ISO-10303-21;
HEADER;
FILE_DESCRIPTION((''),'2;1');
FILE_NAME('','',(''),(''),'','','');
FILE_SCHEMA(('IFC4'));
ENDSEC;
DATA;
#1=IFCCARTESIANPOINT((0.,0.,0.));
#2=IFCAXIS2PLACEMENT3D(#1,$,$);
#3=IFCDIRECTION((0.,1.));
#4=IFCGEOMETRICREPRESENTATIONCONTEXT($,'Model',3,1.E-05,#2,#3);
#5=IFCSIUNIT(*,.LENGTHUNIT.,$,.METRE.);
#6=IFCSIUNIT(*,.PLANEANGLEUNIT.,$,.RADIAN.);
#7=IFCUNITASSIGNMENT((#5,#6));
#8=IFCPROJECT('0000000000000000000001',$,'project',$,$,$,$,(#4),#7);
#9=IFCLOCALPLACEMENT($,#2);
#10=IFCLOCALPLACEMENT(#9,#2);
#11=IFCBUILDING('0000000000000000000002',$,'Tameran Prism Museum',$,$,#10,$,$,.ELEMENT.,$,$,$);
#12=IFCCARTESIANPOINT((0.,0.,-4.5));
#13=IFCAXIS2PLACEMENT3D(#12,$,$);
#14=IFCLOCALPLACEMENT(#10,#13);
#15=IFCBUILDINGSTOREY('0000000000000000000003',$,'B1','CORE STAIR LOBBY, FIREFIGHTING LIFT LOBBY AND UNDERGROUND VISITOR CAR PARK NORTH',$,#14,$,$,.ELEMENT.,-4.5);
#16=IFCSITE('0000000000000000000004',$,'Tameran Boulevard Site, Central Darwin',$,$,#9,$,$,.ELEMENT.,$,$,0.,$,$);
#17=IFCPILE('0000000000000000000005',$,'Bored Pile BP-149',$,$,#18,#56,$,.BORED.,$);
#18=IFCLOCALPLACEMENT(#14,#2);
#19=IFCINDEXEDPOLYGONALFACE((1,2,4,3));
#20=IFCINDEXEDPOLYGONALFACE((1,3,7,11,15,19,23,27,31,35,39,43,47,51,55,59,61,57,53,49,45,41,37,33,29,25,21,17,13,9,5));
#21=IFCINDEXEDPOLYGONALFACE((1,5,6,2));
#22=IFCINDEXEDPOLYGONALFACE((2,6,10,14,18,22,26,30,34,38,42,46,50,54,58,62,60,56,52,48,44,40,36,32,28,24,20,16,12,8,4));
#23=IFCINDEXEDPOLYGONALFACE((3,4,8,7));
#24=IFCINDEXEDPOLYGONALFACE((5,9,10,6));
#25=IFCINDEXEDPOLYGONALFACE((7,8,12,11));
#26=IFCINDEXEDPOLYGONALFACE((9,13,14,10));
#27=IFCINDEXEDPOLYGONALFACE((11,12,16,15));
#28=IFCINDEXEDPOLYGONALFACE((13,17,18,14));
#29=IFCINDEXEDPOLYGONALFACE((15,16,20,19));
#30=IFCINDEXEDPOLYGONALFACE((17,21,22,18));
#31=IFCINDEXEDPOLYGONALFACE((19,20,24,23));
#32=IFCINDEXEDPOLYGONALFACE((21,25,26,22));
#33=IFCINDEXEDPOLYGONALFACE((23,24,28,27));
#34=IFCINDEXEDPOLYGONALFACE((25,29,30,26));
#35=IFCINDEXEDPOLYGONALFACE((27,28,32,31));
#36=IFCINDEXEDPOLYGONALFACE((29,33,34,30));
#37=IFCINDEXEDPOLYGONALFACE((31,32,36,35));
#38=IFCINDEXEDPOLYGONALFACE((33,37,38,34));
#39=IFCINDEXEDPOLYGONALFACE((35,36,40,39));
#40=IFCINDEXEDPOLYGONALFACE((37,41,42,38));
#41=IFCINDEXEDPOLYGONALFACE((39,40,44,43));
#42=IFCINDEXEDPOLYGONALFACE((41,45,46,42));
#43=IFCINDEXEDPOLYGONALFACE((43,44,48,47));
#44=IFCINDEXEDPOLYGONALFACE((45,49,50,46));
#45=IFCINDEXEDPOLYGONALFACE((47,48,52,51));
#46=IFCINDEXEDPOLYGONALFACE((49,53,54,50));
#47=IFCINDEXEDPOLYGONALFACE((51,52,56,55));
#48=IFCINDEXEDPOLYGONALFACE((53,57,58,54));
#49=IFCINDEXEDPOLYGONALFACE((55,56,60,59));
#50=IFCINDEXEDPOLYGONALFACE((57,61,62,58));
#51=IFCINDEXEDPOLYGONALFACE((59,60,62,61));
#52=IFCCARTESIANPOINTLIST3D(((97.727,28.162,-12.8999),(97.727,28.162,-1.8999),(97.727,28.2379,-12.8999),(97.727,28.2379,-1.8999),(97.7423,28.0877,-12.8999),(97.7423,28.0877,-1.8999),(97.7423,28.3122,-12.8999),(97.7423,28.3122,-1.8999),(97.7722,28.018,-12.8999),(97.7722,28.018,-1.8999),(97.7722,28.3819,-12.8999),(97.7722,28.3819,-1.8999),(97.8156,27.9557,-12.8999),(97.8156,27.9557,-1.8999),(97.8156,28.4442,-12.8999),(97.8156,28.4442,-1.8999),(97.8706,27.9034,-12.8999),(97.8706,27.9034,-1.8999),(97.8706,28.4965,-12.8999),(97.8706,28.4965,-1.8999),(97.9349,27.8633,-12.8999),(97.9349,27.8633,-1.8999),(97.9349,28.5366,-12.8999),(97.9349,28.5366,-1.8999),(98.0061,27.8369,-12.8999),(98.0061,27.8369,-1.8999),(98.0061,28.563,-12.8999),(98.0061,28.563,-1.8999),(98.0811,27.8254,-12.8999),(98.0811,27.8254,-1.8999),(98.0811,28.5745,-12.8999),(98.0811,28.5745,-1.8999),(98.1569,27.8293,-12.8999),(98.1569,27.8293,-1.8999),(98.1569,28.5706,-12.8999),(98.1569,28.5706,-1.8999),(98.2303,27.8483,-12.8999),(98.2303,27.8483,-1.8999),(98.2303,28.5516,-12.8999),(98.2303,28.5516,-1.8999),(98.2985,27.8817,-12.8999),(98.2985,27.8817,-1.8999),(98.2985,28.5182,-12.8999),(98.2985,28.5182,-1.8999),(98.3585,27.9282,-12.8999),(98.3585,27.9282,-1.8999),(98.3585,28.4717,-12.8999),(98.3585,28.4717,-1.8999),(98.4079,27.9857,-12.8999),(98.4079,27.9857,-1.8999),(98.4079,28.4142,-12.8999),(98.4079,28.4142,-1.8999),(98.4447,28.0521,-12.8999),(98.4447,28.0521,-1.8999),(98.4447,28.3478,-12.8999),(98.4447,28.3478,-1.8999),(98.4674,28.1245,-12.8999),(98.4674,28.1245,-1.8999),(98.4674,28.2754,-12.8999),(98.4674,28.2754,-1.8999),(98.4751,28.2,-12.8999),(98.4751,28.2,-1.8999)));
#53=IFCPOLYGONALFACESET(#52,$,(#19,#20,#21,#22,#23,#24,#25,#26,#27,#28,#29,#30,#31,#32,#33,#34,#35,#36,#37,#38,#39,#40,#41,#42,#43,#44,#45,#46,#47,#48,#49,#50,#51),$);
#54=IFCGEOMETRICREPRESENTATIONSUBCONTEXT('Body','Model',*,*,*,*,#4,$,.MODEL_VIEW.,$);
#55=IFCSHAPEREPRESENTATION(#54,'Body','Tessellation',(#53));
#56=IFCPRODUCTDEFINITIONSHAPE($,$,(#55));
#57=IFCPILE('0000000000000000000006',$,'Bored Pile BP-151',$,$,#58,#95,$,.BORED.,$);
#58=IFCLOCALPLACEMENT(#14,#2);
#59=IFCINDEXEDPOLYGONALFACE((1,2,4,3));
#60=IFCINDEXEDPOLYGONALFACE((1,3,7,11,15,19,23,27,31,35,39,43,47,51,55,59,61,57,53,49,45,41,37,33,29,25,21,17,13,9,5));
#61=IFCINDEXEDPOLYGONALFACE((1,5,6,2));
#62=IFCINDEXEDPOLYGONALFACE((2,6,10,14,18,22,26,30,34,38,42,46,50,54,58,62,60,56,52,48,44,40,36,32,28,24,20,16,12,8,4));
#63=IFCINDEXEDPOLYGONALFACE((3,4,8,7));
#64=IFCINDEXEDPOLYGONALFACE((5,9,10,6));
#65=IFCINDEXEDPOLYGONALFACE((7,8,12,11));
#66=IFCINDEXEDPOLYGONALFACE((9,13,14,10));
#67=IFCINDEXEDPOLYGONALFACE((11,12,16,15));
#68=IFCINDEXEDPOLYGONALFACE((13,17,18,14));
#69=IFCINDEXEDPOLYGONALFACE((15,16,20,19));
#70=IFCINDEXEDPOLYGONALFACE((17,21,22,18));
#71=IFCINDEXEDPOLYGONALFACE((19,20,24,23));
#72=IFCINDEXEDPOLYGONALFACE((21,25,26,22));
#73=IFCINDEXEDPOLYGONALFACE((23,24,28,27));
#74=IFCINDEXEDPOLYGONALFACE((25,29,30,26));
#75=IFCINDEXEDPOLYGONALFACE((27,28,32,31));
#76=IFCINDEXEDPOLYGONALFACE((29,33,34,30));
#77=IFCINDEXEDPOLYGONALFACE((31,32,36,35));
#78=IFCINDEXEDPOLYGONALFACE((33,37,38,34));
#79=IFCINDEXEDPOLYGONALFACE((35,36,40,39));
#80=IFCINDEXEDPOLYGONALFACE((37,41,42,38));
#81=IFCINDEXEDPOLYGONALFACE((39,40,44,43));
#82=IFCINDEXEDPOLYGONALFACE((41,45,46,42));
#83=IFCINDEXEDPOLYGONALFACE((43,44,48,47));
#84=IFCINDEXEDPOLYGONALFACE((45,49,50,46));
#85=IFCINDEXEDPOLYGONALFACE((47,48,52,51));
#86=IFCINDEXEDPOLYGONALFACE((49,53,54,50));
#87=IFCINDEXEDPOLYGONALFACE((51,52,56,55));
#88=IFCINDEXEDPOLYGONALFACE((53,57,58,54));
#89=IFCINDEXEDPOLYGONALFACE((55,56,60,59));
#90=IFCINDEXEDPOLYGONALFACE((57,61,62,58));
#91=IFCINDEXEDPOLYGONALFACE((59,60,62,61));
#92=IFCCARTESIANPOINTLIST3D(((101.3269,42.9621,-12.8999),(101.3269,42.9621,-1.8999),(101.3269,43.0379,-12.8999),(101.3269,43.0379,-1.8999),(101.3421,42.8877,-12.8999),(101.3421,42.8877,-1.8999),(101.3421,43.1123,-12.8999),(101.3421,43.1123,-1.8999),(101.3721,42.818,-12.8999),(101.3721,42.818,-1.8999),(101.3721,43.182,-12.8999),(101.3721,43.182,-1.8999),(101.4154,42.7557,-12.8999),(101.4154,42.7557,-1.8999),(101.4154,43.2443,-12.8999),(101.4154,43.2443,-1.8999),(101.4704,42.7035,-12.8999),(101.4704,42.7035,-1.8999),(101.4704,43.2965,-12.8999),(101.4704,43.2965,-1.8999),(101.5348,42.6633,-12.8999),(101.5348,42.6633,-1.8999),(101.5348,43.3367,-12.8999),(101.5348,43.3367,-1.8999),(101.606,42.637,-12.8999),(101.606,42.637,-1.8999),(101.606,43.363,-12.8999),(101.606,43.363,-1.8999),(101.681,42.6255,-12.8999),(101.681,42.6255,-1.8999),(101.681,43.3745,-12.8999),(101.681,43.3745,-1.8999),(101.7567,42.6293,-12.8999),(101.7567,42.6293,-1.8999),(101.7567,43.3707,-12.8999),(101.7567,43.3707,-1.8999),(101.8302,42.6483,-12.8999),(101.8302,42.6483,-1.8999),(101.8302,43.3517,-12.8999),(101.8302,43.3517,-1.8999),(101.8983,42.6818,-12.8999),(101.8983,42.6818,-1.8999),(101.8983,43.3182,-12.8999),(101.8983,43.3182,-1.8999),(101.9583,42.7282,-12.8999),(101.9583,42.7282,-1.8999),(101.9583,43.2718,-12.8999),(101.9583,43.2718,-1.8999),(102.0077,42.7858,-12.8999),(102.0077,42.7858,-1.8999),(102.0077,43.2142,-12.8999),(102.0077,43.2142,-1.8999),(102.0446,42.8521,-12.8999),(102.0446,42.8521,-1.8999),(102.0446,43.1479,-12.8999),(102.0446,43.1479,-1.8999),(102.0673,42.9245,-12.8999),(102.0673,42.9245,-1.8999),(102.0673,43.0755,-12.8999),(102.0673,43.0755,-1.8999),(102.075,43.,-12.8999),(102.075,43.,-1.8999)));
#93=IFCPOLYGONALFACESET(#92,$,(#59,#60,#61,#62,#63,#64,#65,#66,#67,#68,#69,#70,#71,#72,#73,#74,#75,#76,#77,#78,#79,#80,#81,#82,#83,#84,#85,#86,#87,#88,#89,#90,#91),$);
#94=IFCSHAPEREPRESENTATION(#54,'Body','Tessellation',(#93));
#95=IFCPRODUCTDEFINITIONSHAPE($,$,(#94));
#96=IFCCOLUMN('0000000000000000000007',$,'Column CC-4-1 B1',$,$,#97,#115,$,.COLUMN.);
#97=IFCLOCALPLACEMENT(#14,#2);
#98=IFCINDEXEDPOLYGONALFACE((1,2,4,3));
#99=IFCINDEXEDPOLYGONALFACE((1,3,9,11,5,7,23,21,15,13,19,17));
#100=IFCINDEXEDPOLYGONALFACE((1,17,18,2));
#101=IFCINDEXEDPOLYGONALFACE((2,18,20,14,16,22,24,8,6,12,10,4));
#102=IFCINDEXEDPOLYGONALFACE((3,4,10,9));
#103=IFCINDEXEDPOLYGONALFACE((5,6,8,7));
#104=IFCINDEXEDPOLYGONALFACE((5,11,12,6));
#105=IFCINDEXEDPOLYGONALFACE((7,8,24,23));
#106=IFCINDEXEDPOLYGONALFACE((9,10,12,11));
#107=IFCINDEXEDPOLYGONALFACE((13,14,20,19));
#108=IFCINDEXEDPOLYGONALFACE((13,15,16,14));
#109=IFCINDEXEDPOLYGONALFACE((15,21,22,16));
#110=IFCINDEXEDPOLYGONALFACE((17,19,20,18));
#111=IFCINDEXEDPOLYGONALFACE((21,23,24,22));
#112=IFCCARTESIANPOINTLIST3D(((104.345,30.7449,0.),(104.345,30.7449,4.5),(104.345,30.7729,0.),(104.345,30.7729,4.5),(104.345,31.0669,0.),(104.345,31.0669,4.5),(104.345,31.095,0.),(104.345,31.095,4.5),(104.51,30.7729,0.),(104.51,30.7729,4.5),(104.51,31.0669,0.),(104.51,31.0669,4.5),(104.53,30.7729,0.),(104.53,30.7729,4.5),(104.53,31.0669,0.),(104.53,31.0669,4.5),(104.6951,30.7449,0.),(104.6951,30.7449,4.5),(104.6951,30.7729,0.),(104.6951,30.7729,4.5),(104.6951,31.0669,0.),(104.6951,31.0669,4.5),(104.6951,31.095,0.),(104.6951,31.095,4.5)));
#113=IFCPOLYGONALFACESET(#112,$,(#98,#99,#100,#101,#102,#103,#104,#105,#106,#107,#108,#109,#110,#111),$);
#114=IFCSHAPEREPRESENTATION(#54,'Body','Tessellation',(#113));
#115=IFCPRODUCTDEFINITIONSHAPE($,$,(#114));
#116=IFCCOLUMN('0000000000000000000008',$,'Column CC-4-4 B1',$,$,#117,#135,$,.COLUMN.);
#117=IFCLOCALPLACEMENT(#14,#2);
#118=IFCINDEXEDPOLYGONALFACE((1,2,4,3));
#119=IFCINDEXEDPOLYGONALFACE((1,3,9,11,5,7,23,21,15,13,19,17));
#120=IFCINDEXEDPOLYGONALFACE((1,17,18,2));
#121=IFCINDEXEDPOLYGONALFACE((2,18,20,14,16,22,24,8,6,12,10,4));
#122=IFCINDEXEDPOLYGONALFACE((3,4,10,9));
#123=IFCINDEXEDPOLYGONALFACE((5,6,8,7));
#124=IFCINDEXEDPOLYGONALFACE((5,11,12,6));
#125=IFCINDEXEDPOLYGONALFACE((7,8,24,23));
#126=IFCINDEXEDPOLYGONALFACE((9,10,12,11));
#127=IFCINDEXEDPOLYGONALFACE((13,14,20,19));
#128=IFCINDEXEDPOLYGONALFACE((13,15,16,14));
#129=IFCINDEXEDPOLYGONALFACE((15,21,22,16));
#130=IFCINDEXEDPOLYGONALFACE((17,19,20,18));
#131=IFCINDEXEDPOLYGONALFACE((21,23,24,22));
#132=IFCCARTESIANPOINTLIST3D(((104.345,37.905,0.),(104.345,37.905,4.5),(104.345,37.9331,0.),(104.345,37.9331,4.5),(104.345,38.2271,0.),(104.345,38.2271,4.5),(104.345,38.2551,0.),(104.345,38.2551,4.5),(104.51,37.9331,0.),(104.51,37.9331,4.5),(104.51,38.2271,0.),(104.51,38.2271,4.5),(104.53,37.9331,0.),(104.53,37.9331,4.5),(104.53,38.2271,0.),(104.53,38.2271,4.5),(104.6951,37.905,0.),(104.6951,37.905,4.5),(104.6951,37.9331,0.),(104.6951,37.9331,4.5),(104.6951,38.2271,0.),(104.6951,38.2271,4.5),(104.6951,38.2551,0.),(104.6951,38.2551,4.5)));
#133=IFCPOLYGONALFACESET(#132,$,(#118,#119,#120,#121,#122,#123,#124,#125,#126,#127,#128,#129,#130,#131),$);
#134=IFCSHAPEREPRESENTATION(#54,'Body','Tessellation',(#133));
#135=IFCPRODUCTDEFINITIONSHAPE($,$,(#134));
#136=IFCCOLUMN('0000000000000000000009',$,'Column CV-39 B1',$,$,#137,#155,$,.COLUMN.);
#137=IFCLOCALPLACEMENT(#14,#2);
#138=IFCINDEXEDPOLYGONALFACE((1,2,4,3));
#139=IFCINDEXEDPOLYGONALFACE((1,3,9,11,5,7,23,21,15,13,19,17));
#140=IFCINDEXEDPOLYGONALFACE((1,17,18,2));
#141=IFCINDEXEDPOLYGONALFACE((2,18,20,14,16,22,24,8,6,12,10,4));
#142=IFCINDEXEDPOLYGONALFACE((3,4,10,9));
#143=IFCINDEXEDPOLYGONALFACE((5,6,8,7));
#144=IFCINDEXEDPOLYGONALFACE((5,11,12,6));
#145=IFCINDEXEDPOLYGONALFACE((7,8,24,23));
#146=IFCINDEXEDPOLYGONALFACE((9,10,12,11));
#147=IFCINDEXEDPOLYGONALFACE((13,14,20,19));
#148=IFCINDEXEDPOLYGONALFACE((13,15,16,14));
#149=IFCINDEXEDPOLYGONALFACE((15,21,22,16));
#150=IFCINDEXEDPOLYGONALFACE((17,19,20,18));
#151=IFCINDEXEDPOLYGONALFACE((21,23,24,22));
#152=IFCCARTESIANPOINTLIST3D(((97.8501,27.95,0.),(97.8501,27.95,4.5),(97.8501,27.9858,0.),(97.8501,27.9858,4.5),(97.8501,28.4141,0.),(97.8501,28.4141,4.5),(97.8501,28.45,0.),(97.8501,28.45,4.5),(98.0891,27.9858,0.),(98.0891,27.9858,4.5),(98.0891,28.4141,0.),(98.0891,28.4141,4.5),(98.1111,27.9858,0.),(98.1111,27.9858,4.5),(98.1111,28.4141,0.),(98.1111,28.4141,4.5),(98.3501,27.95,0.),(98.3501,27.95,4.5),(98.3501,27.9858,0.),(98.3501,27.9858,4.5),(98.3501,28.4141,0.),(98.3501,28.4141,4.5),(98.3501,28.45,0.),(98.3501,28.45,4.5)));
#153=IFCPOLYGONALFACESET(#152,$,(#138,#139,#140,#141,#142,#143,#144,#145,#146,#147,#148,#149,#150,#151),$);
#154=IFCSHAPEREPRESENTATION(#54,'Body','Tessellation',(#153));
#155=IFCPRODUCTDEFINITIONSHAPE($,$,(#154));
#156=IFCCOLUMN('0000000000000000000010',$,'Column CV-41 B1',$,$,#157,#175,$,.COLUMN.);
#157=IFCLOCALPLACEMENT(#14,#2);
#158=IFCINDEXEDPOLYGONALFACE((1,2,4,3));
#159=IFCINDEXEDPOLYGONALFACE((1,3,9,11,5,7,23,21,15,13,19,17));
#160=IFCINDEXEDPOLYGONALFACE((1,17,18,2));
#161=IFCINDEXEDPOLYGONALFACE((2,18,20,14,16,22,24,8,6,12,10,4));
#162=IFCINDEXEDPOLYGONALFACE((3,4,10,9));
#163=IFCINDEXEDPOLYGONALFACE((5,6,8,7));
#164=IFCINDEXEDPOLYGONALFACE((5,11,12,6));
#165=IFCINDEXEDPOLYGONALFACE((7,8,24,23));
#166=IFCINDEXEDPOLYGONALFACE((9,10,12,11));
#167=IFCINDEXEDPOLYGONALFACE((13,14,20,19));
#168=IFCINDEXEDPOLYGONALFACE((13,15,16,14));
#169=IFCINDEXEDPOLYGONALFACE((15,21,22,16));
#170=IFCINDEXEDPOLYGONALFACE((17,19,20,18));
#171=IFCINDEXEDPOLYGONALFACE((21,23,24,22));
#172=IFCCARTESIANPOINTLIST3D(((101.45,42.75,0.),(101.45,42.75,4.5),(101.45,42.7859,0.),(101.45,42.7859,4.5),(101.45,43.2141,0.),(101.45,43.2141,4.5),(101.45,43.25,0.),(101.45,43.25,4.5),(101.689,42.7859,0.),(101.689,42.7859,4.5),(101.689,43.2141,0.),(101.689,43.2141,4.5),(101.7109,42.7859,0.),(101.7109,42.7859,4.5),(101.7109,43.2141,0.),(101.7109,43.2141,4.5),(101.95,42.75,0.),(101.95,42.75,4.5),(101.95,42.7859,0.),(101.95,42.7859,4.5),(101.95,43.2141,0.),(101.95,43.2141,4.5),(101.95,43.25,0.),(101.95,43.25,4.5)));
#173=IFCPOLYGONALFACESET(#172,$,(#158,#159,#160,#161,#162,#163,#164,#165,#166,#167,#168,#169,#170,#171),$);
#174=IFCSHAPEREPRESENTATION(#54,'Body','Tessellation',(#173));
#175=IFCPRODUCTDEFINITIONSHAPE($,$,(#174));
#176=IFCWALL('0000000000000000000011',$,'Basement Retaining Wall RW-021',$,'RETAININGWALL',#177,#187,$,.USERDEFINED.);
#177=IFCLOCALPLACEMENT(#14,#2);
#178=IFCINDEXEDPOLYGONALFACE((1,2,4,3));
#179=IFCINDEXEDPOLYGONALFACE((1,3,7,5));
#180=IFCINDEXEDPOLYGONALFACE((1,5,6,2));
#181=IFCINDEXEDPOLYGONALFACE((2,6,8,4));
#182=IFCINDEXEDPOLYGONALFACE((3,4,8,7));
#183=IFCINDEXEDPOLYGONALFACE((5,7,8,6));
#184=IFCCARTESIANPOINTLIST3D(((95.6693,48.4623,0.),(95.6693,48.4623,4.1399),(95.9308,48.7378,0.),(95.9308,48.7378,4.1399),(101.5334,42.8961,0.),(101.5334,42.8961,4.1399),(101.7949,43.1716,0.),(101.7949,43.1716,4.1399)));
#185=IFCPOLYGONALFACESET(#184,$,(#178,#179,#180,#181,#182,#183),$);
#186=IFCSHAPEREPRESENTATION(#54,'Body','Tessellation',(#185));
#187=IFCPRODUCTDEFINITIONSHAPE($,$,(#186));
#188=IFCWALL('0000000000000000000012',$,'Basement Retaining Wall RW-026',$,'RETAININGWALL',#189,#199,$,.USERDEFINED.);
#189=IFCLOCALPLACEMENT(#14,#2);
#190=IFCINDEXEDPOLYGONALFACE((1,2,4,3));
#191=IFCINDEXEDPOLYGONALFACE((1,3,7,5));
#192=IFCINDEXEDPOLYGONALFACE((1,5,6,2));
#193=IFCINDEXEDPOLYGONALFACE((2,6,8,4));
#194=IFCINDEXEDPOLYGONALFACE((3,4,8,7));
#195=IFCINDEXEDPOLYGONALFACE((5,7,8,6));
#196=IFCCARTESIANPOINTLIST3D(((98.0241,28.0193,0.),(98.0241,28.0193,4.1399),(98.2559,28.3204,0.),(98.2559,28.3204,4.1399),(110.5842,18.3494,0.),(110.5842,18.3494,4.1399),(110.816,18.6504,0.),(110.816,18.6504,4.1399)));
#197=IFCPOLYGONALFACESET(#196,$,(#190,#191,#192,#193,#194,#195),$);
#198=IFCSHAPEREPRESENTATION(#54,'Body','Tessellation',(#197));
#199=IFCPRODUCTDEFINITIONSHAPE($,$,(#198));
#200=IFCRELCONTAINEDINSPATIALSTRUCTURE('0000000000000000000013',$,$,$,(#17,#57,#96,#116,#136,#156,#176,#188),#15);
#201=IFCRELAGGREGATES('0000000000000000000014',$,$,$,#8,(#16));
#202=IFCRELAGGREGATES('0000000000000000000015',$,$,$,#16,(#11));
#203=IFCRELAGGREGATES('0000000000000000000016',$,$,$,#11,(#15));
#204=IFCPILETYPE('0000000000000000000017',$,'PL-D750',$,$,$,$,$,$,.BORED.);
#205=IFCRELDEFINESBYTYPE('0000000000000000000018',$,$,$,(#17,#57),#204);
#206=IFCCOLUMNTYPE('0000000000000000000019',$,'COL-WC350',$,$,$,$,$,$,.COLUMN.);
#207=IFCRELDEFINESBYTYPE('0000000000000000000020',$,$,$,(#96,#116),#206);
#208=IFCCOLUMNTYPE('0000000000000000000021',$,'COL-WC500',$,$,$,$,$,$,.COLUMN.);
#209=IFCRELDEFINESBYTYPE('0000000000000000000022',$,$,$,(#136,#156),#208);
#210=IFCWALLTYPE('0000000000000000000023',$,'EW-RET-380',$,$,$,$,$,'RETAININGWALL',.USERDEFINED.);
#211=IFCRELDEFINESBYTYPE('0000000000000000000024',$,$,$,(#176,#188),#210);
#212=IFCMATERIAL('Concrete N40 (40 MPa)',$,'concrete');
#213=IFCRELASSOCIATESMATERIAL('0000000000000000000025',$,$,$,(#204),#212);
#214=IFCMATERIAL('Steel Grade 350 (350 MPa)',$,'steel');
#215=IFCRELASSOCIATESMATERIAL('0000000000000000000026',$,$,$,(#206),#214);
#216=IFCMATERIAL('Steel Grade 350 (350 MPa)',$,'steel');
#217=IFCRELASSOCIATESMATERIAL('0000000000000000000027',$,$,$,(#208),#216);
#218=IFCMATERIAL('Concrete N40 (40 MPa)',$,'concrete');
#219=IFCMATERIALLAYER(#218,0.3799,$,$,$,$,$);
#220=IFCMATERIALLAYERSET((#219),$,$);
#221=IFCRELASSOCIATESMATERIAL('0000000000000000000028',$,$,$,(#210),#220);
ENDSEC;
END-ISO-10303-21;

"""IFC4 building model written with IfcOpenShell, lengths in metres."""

from ifc_helpers import new_model, si_unit, direction, frame, frame_2d, origin, origin_2d, place, context, subcontext, project, spatial, rectangle, circle, i_section, extrude, material, layer, layer_set, material_profile, profile_set, type_object, element, save


model = new_model("IFC4")

# Units and contexts
model_context = context("Model", 3, precision=1e-05, world=origin(), true_north=direction((0.0, 1.0)))
body_context = subcontext(model_context, "Body", "Model", "MODEL_VIEW")
ifc_project = project(units=[si_unit("LENGTHUNIT", "METRE"), si_unit("PLANEANGLEUNIT", "RADIAN")], contexts=[model_context])

# Site, building, storey
site_placement = place(None, origin())
site = spatial("IfcSite", under=ifc_project, at=site_placement, Name="Tameran Boulevard Site, Central Darwin", CompositionType="ELEMENT", RefElevation=0.0)
building_placement = place(site_placement, origin())
building = spatial("IfcBuilding", under=site, at=building_placement, Name="Tameran Prism Museum", CompositionType="ELEMENT")
storey_placement = place(building_placement, frame((0.0, 0.0, -4.5)))
storey = spatial("IfcBuildingStorey", under=building, at=storey_placement, Name="B1", Description="CORE STAIR LOBBY, FIREFIGHTING LIFT LOBBY AND UNDERGROUND VISITOR CAR PARK NORTH", CompositionType="ELEMENT", Elevation=-4.5)

# Piles
ifc_material_1 = material(Name="Concrete N40 (40 MPa)", Category="concrete")
ifc_material_profile_1 = material_profile(ifc_material_1, circle(Radius=0.375, at=origin_2d()))
ifc_profile_set_1 = profile_set([ifc_material_profile_1])
pile_type_1 = type_object("IfcPileType", Name="PL-D750", PredefinedType="BORED", material=ifc_profile_set_1)
for number, where, z_axis, x_axis, name in (
    (1, (98.1001, 28.2, -1.8999), (0.0, 0.0, -1.0), (1.0, 0.0, 0.0), "Bored Pile BP-149"),
    (2, (101.7, 43.0, -1.8999), (0.0, 0.0, -1.0), (1.0, 0.0, 0.0), "Bored Pile BP-151"),
):
    element("IfcPile", number, at=place(storey_placement, frame(where, z_axis=z_axis, x_axis=x_axis)), inside=storey, type_object=pile_type_1, Name=name, PredefinedType="BORED", context=body_context, shape_type="SweptSolid", body=[
        extrude(circle(Radius=0.375, at=origin_2d()), origin(), (0.0, 0.0, 1.0), 11.0),
    ])

# Columns
ifc_material_2 = material(Name="Steel Grade 350 (350 MPa)", Category="steel")
ifc_material_profile_2 = material_profile(ifc_material_2, i_section(OverallWidth=0.3501, OverallDepth=0.3501, WebThickness=0.02, FlangeThickness=0.0281, at=origin_2d()))
ifc_profile_set_2 = profile_set([ifc_material_profile_2])
column_type_1 = type_object("IfcColumnType", Name="COL-WC350", PredefinedType="COLUMN", material=ifc_profile_set_2)
for number, where, z_axis, x_axis, name in (
    (3, (104.52, 30.9199, 0.0), (0.0, 0.0, 1.0), (1.0, 0.0, 0.0), "Column CC-4-1 B1"),
    (4, (104.52, 38.0801, 0.0), (0.0, 0.0, 1.0), (1.0, 0.0, 0.0), "Column CC-4-4 B1"),
):
    element("IfcColumn", number, at=place(storey_placement, frame(where, z_axis=z_axis, x_axis=x_axis)), inside=storey, type_object=column_type_1, Name=name, PredefinedType="COLUMN", context=body_context, shape_type="SweptSolid", body=[
        extrude(i_section(OverallWidth=0.3501, OverallDepth=0.3501, WebThickness=0.02, FlangeThickness=0.0281, at=origin_2d()), origin(), (0.0, 0.0, 1.0), 4.5),
    ])
ifc_material_3 = material(Name="Steel Grade 350 (350 MPa)", Category="steel")
ifc_material_profile_3 = material_profile(ifc_material_3, i_section(OverallWidth=0.5, OverallDepth=0.5, WebThickness=0.022, FlangeThickness=0.0359, at=origin_2d()))
ifc_profile_set_3 = profile_set([ifc_material_profile_3])
column_type_2 = type_object("IfcColumnType", Name="COL-WC500", PredefinedType="COLUMN", material=ifc_profile_set_3)
for number, where, z_axis, x_axis, name in (
    (5, (98.1001, 28.2, 0.0), (0.0, 0.0, 1.0), (1.0, 0.0, 0.0), "Column CV-39 B1"),
    (6, (101.7, 43.0, 0.0), (0.0, 0.0, 1.0), (1.0, 0.0, 0.0), "Column CV-41 B1"),
):
    element("IfcColumn", number, at=place(storey_placement, frame(where, z_axis=z_axis, x_axis=x_axis)), inside=storey, type_object=column_type_2, Name=name, PredefinedType="COLUMN", context=body_context, shape_type="SweptSolid", body=[
        extrude(i_section(OverallWidth=0.5, OverallDepth=0.5, WebThickness=0.022, FlangeThickness=0.0359, at=origin_2d()), origin(), (0.0, 0.0, 1.0), 4.5),
    ])

# Walls
ifc_material_4 = material(Name="Concrete N40 (40 MPa)", Category="concrete")
ifc_layer_1 = layer(ifc_material_4, 0.3799)
ifc_layer_set_1 = layer_set([ifc_layer_1])
wall_type_1 = type_object("IfcWallType", Name="EW-RET-380", ElementType="RETAININGWALL", PredefinedType="USERDEFINED", material=ifc_layer_set_1)
wall_1_placement = place(storey_placement, frame((101.6641, 43.0339, 0.0), z_axis=(0.0, 0.0, 1.0), x_axis=(-0.725287, 0.688447, 0.0)))
element("IfcWall", 7, at=wall_1_placement, inside=storey, type_object=wall_type_1, Name="Basement Retaining Wall RW-021", ObjectType="RETAININGWALL", PredefinedType="USERDEFINED", context=body_context, shape_type="SweptSolid", body=[
    extrude(rectangle(XDim=8.0852, YDim=0.3799, at=frame_2d((4.0425, 0.0))), origin(), (0.0, 0.0, 1.0), 4.1399),
])
wall_2_placement = place(storey_placement, frame((98.1399, 28.1699, 0.0), z_axis=(0.0, 0.0, 1.0), x_axis=(0.79237, -0.610041, 0.0)))
element("IfcWall", 8, at=wall_2_placement, inside=storey, type_object=wall_type_1, Name="Basement Retaining Wall RW-026", ObjectType="RETAININGWALL", PredefinedType="USERDEFINED", context=body_context, shape_type="SweptSolid", body=[
    extrude(rectangle(XDim=15.8513, YDim=0.3799, at=frame_2d((7.9258, 0.0))), origin(), (0.0, 0.0, 1.0), 4.1399),
])

save(model, "model.ifc")
